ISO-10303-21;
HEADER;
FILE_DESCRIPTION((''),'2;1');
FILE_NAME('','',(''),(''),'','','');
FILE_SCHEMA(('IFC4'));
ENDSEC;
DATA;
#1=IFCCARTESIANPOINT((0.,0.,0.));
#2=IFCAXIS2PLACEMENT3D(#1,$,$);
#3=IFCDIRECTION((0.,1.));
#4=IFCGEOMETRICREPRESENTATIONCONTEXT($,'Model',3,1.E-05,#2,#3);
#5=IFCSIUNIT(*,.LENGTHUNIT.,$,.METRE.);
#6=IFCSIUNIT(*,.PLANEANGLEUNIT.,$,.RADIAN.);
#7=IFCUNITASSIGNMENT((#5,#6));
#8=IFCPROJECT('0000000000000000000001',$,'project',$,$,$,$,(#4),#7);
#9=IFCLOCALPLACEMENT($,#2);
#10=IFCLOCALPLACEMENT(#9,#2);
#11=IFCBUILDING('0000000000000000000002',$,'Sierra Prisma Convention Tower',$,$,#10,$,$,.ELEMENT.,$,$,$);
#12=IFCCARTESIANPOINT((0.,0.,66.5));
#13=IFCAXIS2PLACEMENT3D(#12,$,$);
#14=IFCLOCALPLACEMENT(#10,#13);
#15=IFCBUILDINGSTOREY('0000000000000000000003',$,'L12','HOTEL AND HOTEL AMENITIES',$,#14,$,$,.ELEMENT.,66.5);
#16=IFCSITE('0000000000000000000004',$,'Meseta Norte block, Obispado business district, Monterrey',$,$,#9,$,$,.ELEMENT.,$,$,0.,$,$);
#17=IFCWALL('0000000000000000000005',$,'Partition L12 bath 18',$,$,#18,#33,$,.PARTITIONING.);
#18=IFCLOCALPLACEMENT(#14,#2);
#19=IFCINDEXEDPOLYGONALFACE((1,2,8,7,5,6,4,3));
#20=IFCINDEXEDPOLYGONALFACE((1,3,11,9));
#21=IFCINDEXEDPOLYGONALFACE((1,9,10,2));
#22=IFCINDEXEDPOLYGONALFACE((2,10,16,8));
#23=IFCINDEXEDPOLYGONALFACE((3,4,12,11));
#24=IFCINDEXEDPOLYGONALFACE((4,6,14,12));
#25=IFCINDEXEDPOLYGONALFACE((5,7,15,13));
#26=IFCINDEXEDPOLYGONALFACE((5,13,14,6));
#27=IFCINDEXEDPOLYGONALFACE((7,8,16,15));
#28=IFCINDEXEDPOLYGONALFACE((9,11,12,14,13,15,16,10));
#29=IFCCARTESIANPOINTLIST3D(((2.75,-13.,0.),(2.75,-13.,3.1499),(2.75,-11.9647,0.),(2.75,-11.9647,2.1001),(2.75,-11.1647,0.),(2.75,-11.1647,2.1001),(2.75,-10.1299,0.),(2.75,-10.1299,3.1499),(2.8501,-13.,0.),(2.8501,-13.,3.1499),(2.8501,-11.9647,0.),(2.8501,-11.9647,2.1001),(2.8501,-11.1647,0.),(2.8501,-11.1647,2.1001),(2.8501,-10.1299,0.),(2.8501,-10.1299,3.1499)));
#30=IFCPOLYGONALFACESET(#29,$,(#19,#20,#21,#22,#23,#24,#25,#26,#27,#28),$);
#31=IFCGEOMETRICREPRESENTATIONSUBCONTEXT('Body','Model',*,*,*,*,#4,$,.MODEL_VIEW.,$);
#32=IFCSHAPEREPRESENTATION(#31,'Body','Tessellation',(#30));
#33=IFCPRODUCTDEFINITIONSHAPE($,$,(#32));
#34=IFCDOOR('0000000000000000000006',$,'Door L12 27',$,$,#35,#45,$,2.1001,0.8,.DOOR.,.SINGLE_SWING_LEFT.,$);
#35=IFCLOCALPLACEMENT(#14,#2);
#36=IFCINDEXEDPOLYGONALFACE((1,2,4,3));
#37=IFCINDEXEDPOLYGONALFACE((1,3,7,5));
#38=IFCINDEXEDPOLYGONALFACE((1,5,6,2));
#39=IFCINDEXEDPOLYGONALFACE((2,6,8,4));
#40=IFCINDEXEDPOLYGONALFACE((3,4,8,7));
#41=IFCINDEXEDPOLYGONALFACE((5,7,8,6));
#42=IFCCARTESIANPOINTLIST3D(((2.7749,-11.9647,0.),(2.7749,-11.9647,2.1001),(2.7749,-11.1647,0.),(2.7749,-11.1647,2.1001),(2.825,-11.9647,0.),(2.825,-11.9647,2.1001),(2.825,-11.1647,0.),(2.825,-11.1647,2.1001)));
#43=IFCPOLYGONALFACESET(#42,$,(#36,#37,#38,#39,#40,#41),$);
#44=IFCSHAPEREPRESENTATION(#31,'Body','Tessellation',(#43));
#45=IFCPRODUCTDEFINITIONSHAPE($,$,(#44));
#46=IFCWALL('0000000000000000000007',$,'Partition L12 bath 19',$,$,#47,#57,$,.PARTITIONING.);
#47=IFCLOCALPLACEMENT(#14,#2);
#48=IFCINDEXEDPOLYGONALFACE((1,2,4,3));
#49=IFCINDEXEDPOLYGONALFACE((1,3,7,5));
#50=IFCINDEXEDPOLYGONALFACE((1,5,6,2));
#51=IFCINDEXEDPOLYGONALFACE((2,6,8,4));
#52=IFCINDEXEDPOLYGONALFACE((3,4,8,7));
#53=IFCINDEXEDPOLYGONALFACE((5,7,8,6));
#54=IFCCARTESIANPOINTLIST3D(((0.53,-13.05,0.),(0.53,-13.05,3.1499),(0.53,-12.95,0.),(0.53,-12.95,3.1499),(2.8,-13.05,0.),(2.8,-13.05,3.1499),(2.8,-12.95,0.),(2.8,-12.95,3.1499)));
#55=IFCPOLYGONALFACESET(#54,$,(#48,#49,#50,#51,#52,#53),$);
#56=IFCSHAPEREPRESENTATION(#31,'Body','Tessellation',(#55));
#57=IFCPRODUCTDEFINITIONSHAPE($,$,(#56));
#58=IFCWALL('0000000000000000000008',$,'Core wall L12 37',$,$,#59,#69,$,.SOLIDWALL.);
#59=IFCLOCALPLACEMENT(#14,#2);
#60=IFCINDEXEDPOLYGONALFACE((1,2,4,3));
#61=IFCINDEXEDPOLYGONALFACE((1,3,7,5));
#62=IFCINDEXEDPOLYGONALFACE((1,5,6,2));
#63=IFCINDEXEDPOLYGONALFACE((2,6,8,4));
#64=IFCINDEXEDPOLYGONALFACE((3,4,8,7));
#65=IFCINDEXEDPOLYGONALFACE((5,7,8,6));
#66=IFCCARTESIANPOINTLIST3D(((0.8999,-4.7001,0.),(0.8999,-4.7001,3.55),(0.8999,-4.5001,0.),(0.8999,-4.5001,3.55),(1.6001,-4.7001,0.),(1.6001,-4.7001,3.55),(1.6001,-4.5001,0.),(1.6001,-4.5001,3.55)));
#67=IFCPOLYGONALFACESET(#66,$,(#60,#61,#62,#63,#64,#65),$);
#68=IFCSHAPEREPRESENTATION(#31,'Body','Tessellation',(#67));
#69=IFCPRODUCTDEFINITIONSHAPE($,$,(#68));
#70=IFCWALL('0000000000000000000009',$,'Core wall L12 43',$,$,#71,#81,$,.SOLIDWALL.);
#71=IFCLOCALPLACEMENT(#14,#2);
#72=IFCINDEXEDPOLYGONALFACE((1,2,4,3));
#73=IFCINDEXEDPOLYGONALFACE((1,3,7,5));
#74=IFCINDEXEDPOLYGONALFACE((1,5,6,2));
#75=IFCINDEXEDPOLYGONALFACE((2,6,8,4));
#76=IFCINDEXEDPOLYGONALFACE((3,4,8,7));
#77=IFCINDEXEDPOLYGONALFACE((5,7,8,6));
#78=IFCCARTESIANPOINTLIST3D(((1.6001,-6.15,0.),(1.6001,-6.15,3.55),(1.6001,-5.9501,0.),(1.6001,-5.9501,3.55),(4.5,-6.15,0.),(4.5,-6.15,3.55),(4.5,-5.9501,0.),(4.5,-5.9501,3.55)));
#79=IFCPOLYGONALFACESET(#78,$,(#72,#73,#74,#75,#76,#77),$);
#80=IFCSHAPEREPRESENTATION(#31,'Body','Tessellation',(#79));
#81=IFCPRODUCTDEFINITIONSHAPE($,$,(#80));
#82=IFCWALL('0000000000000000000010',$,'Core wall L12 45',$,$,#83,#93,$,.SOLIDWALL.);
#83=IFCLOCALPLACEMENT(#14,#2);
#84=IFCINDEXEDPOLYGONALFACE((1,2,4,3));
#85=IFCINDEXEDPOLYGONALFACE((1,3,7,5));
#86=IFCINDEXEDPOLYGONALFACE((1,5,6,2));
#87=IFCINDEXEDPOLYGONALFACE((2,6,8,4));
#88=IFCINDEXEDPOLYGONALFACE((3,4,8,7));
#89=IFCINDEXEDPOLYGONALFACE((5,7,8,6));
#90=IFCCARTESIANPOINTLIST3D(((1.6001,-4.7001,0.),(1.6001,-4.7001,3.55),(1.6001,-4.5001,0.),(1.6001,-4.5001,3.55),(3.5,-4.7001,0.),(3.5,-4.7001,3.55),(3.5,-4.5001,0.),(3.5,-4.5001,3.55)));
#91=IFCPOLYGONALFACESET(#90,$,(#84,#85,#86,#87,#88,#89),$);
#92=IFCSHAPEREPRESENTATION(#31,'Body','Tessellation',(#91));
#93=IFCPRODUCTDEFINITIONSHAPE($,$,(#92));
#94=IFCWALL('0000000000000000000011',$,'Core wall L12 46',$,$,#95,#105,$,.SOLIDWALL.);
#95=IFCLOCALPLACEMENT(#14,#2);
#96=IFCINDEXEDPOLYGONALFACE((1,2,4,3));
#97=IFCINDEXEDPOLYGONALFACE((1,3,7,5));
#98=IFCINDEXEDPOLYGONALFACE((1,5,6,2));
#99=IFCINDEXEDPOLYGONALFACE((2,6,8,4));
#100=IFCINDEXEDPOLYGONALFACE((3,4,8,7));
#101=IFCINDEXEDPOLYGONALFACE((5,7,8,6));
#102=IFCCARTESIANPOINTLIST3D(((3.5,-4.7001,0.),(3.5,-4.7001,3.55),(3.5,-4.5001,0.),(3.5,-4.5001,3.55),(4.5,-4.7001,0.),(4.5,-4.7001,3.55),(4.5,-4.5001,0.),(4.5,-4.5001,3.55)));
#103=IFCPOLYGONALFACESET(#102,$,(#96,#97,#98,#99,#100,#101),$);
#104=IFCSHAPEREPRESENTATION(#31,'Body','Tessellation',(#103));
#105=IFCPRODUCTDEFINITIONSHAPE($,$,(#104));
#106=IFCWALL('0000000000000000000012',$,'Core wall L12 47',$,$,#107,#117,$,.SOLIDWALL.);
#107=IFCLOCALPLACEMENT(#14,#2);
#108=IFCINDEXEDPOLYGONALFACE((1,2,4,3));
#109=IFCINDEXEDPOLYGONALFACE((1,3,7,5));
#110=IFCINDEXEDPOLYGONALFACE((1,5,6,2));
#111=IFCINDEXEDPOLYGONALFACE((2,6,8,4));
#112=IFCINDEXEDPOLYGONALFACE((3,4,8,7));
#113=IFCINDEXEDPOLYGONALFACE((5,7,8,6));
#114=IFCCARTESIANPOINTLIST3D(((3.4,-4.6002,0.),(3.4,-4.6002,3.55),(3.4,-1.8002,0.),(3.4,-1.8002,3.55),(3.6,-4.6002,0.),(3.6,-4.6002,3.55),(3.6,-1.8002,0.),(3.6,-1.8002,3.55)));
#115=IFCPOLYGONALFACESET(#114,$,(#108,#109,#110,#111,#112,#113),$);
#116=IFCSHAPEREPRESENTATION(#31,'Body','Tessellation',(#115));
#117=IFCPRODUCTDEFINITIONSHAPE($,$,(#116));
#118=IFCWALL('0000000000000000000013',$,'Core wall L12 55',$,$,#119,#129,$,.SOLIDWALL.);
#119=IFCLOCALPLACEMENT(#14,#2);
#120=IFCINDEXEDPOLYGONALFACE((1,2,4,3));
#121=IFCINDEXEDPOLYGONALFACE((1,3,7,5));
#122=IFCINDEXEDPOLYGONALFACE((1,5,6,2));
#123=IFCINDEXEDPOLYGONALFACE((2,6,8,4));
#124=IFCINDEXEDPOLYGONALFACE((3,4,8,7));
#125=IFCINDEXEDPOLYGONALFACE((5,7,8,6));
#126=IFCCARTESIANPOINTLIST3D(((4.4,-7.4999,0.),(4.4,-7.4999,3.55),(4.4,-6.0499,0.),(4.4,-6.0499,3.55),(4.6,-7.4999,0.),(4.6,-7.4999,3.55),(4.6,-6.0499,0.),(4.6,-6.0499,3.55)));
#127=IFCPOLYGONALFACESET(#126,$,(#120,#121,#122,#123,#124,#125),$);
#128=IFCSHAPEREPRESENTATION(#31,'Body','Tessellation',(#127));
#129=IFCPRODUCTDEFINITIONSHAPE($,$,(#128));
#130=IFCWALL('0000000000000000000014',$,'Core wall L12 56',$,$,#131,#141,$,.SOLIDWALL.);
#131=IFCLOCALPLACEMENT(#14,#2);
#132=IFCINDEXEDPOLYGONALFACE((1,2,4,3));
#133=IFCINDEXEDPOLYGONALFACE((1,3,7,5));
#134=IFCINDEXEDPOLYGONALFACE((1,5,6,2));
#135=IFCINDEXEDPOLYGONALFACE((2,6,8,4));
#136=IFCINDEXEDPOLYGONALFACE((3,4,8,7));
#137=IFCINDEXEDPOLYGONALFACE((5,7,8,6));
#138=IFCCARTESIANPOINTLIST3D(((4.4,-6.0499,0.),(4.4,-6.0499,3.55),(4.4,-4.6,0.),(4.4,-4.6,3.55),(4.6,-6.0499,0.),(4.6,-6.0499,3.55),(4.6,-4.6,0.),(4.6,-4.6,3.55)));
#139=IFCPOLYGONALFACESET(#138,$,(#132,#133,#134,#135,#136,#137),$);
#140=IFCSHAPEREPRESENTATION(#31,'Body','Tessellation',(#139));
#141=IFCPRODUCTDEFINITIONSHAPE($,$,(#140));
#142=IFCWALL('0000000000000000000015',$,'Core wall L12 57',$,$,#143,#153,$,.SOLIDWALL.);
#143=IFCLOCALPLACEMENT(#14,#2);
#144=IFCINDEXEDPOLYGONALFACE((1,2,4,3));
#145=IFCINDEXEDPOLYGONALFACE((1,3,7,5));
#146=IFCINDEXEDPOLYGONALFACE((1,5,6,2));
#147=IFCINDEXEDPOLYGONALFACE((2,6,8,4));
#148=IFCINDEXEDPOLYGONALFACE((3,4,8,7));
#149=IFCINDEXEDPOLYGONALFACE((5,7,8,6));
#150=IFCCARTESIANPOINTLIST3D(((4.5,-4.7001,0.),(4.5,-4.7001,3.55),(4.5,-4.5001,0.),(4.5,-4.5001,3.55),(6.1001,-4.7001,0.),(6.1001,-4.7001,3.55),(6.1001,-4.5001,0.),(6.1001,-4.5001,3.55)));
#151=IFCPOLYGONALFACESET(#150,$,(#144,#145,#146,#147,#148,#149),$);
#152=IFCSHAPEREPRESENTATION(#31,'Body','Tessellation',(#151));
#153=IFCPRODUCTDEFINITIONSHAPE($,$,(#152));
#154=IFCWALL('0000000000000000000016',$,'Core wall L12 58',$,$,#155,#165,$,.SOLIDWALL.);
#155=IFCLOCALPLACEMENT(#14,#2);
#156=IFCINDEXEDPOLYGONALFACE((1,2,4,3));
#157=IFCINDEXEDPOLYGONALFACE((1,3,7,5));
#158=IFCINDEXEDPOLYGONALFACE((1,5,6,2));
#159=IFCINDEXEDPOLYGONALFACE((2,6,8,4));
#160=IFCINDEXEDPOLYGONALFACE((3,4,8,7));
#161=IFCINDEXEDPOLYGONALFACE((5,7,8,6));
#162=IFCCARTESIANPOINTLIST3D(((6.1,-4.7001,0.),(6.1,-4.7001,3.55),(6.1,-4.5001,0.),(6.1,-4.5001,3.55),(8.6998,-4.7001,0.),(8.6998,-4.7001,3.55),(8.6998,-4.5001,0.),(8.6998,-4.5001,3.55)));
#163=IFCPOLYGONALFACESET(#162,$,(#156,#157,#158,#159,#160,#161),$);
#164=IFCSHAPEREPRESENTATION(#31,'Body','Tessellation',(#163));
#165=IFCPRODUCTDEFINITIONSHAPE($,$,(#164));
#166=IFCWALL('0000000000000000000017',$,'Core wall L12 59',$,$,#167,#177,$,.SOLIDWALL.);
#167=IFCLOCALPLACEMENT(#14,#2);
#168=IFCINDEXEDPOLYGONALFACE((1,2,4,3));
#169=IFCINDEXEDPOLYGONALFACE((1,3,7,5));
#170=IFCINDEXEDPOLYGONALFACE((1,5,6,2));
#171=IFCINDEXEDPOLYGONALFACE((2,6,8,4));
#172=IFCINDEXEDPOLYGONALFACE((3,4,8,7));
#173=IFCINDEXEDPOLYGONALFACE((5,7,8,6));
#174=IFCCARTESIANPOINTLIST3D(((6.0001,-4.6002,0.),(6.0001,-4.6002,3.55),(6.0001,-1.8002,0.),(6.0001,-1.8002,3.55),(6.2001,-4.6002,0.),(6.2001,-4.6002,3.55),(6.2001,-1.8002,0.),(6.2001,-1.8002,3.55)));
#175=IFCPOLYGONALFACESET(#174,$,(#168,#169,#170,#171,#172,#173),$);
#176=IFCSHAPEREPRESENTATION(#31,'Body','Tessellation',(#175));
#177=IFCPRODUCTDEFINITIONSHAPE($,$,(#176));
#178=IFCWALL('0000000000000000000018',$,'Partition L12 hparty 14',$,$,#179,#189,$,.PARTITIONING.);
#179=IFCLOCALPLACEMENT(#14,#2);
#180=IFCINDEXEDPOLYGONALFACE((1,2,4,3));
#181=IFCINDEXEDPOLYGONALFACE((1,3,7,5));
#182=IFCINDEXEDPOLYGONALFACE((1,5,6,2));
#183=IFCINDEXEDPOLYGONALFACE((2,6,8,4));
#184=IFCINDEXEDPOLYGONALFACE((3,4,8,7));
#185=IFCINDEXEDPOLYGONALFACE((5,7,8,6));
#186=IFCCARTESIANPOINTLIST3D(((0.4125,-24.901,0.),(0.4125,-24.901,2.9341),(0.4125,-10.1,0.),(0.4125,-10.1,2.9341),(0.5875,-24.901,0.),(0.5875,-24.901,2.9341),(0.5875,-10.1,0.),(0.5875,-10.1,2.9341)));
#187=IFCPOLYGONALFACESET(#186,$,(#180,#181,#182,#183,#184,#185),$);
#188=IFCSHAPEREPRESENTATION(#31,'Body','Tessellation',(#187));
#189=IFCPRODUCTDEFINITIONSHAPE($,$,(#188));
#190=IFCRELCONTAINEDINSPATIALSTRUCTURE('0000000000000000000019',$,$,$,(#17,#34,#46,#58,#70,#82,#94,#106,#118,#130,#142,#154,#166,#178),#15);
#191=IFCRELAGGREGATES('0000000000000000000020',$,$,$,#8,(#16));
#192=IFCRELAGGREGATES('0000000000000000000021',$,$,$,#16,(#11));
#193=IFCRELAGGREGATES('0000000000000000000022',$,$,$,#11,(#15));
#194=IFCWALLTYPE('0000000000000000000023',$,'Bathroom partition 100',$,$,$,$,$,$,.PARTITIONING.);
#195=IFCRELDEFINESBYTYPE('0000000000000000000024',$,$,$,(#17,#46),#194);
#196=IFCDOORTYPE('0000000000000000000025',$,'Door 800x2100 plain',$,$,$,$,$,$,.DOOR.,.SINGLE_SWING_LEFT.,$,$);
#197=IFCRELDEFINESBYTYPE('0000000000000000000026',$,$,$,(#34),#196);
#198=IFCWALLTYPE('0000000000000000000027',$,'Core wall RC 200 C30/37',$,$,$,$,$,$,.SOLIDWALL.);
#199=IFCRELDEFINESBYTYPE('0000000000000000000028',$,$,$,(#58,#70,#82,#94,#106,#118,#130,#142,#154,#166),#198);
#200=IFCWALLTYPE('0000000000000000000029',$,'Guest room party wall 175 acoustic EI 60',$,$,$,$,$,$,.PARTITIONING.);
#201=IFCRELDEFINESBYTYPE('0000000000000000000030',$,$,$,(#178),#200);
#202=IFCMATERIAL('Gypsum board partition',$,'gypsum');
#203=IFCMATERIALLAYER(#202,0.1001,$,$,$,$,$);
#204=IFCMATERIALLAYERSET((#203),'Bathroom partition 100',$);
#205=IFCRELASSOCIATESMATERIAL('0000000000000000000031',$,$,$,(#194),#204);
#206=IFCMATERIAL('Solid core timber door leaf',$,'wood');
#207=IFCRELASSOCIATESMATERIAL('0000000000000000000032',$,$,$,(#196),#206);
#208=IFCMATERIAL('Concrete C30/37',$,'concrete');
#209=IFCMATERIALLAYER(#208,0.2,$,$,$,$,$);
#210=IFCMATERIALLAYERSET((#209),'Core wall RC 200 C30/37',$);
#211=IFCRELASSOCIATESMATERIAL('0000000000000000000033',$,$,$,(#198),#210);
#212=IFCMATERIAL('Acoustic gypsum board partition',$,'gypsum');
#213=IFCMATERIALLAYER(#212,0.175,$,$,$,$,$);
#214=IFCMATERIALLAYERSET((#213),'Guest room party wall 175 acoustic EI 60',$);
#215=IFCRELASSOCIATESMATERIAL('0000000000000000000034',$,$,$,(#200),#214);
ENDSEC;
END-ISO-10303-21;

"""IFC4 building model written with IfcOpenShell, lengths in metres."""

from ifc_helpers import new_model, si_unit, direction, frame, frame_2d, origin, place, context, subcontext, project, spatial, rectangle, extrude, material, layer, layer_set, type_object, element, fill, save


model = new_model("IFC4")

# Units and contexts
model_context = context("Model", 3, precision=1e-05, world=origin(), true_north=direction((0.0, 1.0)))
body_context = subcontext(model_context, "Body", "Model", "MODEL_VIEW")
ifc_project = project(units=[si_unit("LENGTHUNIT", "METRE"), si_unit("PLANEANGLEUNIT", "RADIAN")], contexts=[model_context])

# Site, building, storey
site_placement = place(None, origin())
site = spatial("IfcSite", under=ifc_project, at=site_placement, Name="Meseta Norte block, Obispado business district, Monterrey", CompositionType="ELEMENT", RefElevation=0.0)
building_placement = place(site_placement, origin())
building = spatial("IfcBuilding", under=site, at=building_placement, Name="Sierra Prisma Convention Tower", CompositionType="ELEMENT")
storey_placement = place(building_placement, frame((0.0, 0.0, 66.5)))
storey = spatial("IfcBuildingStorey", under=building, at=storey_placement, Name="L12", Description="HOTEL AND HOTEL AMENITIES", CompositionType="ELEMENT", Elevation=66.5)

# Wall, opening, door
ifc_material_1 = material(Name="Gypsum board partition", Category="gypsum")
ifc_layer_1 = layer(ifc_material_1, 0.1001)
ifc_layer_set_1 = layer_set([ifc_layer_1], Name="Bathroom partition 100")
wall_type_1 = type_object("IfcWallType", Name="Bathroom partition 100", PredefinedType="PARTITIONING", material=ifc_layer_set_1)
wall_1_placement = place(storey_placement, frame((2.8, -10.1299, 0.0), z_axis=(0.0, 0.0, 1.0), x_axis=(0.0, -1.0, 0.0)))
wall_1 = element("IfcWall", 1, at=wall_1_placement, inside=storey, type_object=wall_type_1, Name="Partition L12 bath 18", PredefinedType="PARTITIONING", context=body_context, shape_type="SweptSolid", body=[
    extrude(rectangle(XDim=2.8701, YDim=0.1001, at=frame_2d((1.4351, 0.0))), origin(), (0.0, 0.0, 1.0), 3.1499),
])
opening_1_placement = place(wall_1_placement, frame((1.0349, 0.0, 0.0)))
opening_1 = element("IfcOpeningElement", 2, at=opening_1_placement, cuts=wall_1, PredefinedType="OPENING", context=body_context, shape_type="SweptSolid", body=[
    extrude(rectangle(XDim=0.8, YDim=2.1001, at=frame_2d((0.3999, 1.05))), frame((0.0, 0.05, 0.0), z_axis=(0.0, -1.0, 0.0), x_axis=(1.0, 0.0, 0.0)), (0.0, 0.0, 1.0), 0.1001),
])
ifc_material_2 = material(Name="Solid core timber door leaf", Category="wood")
door_type_1 = type_object("IfcDoorType", Name="Door 800x2100 plain", OperationType="SINGLE_SWING_LEFT", PredefinedType="DOOR", material=ifc_material_2)
door_1_placement = place(opening_1_placement, origin())
door_1 = element("IfcDoor", 3, at=door_1_placement, inside=storey, type_object=door_type_1, Name="Door L12 27", OperationType="SINGLE_SWING_LEFT", OverallHeight=2.1001, OverallWidth=0.8, PredefinedType="DOOR", context=body_context, shape_type="SweptSolid", body=[
    extrude(rectangle(XDim=0.8, YDim=2.1001, at=frame_2d((0.3999, 1.05))), frame((0.0, 0.0249, 0.0), z_axis=(0.0, -1.0, 0.0), x_axis=(1.0, 0.0, 0.0)), (0.0, 0.0, 1.0), 0.05),
])
fill(opening_1, door_1)

# Walls
wall_2_placement = place(storey_placement, frame((2.8, -13.0, 0.0), z_axis=(0.0, 0.0, 1.0), x_axis=(-1.0, 0.0, 0.0)))
element("IfcWall", 4, at=wall_2_placement, inside=storey, type_object=wall_type_1, Name="Partition L12 bath 19", PredefinedType="PARTITIONING", context=body_context, shape_type="SweptSolid", body=[
    extrude(rectangle(XDim=2.27, YDim=0.1001, at=frame_2d((1.135, 0.0))), origin(), (0.0, 0.0, 1.0), 3.1499),
])
ifc_material_3 = material(Name="Concrete C30/37", Category="concrete")
ifc_layer_2 = layer(ifc_material_3, 0.2)
ifc_layer_set_2 = layer_set([ifc_layer_2], Name="Core wall RC 200 C30/37")
wall_type_2 = type_object("IfcWallType", Name="Core wall RC 200 C30/37", PredefinedType="SOLIDWALL", material=ifc_layer_set_2)
wall_3_placement = place(storey_placement, frame((0.8999, -4.6001, 0.0), z_axis=(0.0, 0.0, 1.0), x_axis=(1.0, 0.0, 0.0)))
element("IfcWall", 5, at=wall_3_placement, inside=storey, type_object=wall_type_2, Name="Core wall L12 37", PredefinedType="SOLIDWALL", context=body_context, shape_type="SweptSolid", body=[
    extrude(rectangle(XDim=0.7002, YDim=0.2, at=frame_2d((0.3501, 0.0))), origin(), (0.0, 0.0, 1.0), 3.55),
])

# Wall
wall_4_placement = place(storey_placement, frame((4.5, -6.05, 0.0), z_axis=(0.0, 0.0, 1.0), x_axis=(-1.0, 0.0, 0.0)))
element("IfcWall", 6, at=wall_4_placement, inside=storey, type_object=wall_type_2, Name="Core wall L12 43", PredefinedType="SOLIDWALL", context=body_context, shape_type="SweptSolid", body=[
    extrude(rectangle(XDim=2.8999, YDim=0.2, at=frame_2d((1.45, 0.0))), origin(), (0.0, 0.0, 1.0), 3.55),
])

# Walls
wall_5_placement = place(storey_placement, frame((3.5, -4.6001, 0.0), z_axis=(0.0, 0.0, 1.0), x_axis=(-1.0, 0.0, 0.0)))
element("IfcWall", 7, at=wall_5_placement, inside=storey, type_object=wall_type_2, Name="Core wall L12 45", PredefinedType="SOLIDWALL", context=body_context, shape_type="SweptSolid", body=[
    extrude(rectangle(XDim=1.8999, YDim=0.2, at=frame_2d((0.95, 0.0))), origin(), (0.0, 0.0, 1.0), 3.55),
])
wall_6_placement = place(storey_placement, frame((4.5, -4.6001, 0.0), z_axis=(0.0, 0.0, 1.0), x_axis=(-1.0, 0.0, 0.0)))
element("IfcWall", 8, at=wall_6_placement, inside=storey, type_object=wall_type_2, Name="Core wall L12 46", PredefinedType="SOLIDWALL", context=body_context, shape_type="SweptSolid", body=[
    extrude(rectangle(XDim=1.0, YDim=0.2, at=frame_2d((0.5, 0.0))), origin(), (0.0, 0.0, 1.0), 3.55),
])
wall_7_placement = place(storey_placement, frame((3.5, -4.6001, 0.0), z_axis=(0.0, 0.0, 1.0), x_axis=(0.0, 1.0, 0.0)))
element("IfcWall", 9, at=wall_7_placement, inside=storey, type_object=wall_type_2, Name="Core wall L12 47", PredefinedType="SOLIDWALL", context=body_context, shape_type="SweptSolid", body=[
    extrude(rectangle(XDim=2.8, YDim=0.2, at=frame_2d((1.3999, 0.0))), origin(), (0.0, 0.0, 1.0), 3.55),
])
for number, where, z_axis, x_axis, name in (
    (10, (4.5, -7.5, 0.0), (0.0, 0.0, 1.0), (0.0, 1.0, 0.0), "Core wall L12 55"),
    (11, (4.5, -6.05, 0.0), (0.0, 0.0, 1.0), (0.0, 1.0, 0.0), "Core wall L12 56"),
):
    element("IfcWall", number, at=place(storey_placement, frame(where, z_axis=z_axis, x_axis=x_axis)), inside=storey, type_object=wall_type_2, Name=name, PredefinedType="SOLIDWALL", context=body_context, shape_type="SweptSolid", body=[
        extrude(rectangle(XDim=1.45, YDim=0.2, at=frame_2d((0.7251, 0.0))), origin(), (0.0, 0.0, 1.0), 3.55),
    ])
wall_8_placement = place(storey_placement, frame((4.5, -4.6001, 0.0), z_axis=(0.0, 0.0, 1.0), x_axis=(1.0, 0.0, 0.0)))
element("IfcWall", 12, at=wall_8_placement, inside=storey, type_object=wall_type_2, Name="Core wall L12 57", PredefinedType="SOLIDWALL", context=body_context, shape_type="SweptSolid", body=[
    extrude(rectangle(XDim=1.6001, YDim=0.2, at=frame_2d((0.8, 0.0))), origin(), (0.0, 0.0, 1.0), 3.55),
])
wall_9_placement = place(storey_placement, frame((6.1001, -4.6001, 0.0), z_axis=(0.0, 0.0, 1.0), x_axis=(1.0, 0.0, 0.0)))
element("IfcWall", 13, at=wall_9_placement, inside=storey, type_object=wall_type_2, Name="Core wall L12 58", PredefinedType="SOLIDWALL", context=body_context, shape_type="SweptSolid", body=[
    extrude(rectangle(XDim=2.5999, YDim=0.2, at=frame_2d((1.2998, 0.0))), origin(), (0.0, 0.0, 1.0), 3.55),
])
wall_10_placement = place(storey_placement, frame((6.1001, -4.6001, 0.0), z_axis=(0.0, 0.0, 1.0), x_axis=(0.0, 1.0, 0.0)))
element("IfcWall", 14, at=wall_10_placement, inside=storey, type_object=wall_type_2, Name="Core wall L12 59", PredefinedType="SOLIDWALL", context=body_context, shape_type="SweptSolid", body=[
    extrude(rectangle(XDim=2.8, YDim=0.2, at=frame_2d((1.3999, 0.0))), origin(), (0.0, 0.0, 1.0), 3.55),
])
ifc_material_4 = material(Name="Acoustic gypsum board partition", Category="gypsum")
ifc_layer_3 = layer(ifc_material_4, 0.175)
ifc_layer_set_3 = layer_set([ifc_layer_3], Name="Guest room party wall 175 acoustic EI 60")
wall_type_3 = type_object("IfcWallType", Name="Guest room party wall 175 acoustic EI 60", PredefinedType="PARTITIONING", material=ifc_layer_set_3)
wall_11_placement = place(storey_placement, frame((0.5, -10.1001, 0.0), z_axis=(0.0, 0.0, 1.0), x_axis=(0.0, -1.0, 0.0)))
element("IfcWall", 15, at=wall_11_placement, inside=storey, type_object=wall_type_3, Name="Partition L12 hparty 14", PredefinedType="PARTITIONING", context=body_context, shape_type="SweptSolid", body=[
    extrude(rectangle(XDim=14.801, YDim=0.175, at=frame_2d((7.4004, 0.0))), origin(), (0.0, 0.0, 1.0), 2.9341),
])

save(model, "model.ifc")
